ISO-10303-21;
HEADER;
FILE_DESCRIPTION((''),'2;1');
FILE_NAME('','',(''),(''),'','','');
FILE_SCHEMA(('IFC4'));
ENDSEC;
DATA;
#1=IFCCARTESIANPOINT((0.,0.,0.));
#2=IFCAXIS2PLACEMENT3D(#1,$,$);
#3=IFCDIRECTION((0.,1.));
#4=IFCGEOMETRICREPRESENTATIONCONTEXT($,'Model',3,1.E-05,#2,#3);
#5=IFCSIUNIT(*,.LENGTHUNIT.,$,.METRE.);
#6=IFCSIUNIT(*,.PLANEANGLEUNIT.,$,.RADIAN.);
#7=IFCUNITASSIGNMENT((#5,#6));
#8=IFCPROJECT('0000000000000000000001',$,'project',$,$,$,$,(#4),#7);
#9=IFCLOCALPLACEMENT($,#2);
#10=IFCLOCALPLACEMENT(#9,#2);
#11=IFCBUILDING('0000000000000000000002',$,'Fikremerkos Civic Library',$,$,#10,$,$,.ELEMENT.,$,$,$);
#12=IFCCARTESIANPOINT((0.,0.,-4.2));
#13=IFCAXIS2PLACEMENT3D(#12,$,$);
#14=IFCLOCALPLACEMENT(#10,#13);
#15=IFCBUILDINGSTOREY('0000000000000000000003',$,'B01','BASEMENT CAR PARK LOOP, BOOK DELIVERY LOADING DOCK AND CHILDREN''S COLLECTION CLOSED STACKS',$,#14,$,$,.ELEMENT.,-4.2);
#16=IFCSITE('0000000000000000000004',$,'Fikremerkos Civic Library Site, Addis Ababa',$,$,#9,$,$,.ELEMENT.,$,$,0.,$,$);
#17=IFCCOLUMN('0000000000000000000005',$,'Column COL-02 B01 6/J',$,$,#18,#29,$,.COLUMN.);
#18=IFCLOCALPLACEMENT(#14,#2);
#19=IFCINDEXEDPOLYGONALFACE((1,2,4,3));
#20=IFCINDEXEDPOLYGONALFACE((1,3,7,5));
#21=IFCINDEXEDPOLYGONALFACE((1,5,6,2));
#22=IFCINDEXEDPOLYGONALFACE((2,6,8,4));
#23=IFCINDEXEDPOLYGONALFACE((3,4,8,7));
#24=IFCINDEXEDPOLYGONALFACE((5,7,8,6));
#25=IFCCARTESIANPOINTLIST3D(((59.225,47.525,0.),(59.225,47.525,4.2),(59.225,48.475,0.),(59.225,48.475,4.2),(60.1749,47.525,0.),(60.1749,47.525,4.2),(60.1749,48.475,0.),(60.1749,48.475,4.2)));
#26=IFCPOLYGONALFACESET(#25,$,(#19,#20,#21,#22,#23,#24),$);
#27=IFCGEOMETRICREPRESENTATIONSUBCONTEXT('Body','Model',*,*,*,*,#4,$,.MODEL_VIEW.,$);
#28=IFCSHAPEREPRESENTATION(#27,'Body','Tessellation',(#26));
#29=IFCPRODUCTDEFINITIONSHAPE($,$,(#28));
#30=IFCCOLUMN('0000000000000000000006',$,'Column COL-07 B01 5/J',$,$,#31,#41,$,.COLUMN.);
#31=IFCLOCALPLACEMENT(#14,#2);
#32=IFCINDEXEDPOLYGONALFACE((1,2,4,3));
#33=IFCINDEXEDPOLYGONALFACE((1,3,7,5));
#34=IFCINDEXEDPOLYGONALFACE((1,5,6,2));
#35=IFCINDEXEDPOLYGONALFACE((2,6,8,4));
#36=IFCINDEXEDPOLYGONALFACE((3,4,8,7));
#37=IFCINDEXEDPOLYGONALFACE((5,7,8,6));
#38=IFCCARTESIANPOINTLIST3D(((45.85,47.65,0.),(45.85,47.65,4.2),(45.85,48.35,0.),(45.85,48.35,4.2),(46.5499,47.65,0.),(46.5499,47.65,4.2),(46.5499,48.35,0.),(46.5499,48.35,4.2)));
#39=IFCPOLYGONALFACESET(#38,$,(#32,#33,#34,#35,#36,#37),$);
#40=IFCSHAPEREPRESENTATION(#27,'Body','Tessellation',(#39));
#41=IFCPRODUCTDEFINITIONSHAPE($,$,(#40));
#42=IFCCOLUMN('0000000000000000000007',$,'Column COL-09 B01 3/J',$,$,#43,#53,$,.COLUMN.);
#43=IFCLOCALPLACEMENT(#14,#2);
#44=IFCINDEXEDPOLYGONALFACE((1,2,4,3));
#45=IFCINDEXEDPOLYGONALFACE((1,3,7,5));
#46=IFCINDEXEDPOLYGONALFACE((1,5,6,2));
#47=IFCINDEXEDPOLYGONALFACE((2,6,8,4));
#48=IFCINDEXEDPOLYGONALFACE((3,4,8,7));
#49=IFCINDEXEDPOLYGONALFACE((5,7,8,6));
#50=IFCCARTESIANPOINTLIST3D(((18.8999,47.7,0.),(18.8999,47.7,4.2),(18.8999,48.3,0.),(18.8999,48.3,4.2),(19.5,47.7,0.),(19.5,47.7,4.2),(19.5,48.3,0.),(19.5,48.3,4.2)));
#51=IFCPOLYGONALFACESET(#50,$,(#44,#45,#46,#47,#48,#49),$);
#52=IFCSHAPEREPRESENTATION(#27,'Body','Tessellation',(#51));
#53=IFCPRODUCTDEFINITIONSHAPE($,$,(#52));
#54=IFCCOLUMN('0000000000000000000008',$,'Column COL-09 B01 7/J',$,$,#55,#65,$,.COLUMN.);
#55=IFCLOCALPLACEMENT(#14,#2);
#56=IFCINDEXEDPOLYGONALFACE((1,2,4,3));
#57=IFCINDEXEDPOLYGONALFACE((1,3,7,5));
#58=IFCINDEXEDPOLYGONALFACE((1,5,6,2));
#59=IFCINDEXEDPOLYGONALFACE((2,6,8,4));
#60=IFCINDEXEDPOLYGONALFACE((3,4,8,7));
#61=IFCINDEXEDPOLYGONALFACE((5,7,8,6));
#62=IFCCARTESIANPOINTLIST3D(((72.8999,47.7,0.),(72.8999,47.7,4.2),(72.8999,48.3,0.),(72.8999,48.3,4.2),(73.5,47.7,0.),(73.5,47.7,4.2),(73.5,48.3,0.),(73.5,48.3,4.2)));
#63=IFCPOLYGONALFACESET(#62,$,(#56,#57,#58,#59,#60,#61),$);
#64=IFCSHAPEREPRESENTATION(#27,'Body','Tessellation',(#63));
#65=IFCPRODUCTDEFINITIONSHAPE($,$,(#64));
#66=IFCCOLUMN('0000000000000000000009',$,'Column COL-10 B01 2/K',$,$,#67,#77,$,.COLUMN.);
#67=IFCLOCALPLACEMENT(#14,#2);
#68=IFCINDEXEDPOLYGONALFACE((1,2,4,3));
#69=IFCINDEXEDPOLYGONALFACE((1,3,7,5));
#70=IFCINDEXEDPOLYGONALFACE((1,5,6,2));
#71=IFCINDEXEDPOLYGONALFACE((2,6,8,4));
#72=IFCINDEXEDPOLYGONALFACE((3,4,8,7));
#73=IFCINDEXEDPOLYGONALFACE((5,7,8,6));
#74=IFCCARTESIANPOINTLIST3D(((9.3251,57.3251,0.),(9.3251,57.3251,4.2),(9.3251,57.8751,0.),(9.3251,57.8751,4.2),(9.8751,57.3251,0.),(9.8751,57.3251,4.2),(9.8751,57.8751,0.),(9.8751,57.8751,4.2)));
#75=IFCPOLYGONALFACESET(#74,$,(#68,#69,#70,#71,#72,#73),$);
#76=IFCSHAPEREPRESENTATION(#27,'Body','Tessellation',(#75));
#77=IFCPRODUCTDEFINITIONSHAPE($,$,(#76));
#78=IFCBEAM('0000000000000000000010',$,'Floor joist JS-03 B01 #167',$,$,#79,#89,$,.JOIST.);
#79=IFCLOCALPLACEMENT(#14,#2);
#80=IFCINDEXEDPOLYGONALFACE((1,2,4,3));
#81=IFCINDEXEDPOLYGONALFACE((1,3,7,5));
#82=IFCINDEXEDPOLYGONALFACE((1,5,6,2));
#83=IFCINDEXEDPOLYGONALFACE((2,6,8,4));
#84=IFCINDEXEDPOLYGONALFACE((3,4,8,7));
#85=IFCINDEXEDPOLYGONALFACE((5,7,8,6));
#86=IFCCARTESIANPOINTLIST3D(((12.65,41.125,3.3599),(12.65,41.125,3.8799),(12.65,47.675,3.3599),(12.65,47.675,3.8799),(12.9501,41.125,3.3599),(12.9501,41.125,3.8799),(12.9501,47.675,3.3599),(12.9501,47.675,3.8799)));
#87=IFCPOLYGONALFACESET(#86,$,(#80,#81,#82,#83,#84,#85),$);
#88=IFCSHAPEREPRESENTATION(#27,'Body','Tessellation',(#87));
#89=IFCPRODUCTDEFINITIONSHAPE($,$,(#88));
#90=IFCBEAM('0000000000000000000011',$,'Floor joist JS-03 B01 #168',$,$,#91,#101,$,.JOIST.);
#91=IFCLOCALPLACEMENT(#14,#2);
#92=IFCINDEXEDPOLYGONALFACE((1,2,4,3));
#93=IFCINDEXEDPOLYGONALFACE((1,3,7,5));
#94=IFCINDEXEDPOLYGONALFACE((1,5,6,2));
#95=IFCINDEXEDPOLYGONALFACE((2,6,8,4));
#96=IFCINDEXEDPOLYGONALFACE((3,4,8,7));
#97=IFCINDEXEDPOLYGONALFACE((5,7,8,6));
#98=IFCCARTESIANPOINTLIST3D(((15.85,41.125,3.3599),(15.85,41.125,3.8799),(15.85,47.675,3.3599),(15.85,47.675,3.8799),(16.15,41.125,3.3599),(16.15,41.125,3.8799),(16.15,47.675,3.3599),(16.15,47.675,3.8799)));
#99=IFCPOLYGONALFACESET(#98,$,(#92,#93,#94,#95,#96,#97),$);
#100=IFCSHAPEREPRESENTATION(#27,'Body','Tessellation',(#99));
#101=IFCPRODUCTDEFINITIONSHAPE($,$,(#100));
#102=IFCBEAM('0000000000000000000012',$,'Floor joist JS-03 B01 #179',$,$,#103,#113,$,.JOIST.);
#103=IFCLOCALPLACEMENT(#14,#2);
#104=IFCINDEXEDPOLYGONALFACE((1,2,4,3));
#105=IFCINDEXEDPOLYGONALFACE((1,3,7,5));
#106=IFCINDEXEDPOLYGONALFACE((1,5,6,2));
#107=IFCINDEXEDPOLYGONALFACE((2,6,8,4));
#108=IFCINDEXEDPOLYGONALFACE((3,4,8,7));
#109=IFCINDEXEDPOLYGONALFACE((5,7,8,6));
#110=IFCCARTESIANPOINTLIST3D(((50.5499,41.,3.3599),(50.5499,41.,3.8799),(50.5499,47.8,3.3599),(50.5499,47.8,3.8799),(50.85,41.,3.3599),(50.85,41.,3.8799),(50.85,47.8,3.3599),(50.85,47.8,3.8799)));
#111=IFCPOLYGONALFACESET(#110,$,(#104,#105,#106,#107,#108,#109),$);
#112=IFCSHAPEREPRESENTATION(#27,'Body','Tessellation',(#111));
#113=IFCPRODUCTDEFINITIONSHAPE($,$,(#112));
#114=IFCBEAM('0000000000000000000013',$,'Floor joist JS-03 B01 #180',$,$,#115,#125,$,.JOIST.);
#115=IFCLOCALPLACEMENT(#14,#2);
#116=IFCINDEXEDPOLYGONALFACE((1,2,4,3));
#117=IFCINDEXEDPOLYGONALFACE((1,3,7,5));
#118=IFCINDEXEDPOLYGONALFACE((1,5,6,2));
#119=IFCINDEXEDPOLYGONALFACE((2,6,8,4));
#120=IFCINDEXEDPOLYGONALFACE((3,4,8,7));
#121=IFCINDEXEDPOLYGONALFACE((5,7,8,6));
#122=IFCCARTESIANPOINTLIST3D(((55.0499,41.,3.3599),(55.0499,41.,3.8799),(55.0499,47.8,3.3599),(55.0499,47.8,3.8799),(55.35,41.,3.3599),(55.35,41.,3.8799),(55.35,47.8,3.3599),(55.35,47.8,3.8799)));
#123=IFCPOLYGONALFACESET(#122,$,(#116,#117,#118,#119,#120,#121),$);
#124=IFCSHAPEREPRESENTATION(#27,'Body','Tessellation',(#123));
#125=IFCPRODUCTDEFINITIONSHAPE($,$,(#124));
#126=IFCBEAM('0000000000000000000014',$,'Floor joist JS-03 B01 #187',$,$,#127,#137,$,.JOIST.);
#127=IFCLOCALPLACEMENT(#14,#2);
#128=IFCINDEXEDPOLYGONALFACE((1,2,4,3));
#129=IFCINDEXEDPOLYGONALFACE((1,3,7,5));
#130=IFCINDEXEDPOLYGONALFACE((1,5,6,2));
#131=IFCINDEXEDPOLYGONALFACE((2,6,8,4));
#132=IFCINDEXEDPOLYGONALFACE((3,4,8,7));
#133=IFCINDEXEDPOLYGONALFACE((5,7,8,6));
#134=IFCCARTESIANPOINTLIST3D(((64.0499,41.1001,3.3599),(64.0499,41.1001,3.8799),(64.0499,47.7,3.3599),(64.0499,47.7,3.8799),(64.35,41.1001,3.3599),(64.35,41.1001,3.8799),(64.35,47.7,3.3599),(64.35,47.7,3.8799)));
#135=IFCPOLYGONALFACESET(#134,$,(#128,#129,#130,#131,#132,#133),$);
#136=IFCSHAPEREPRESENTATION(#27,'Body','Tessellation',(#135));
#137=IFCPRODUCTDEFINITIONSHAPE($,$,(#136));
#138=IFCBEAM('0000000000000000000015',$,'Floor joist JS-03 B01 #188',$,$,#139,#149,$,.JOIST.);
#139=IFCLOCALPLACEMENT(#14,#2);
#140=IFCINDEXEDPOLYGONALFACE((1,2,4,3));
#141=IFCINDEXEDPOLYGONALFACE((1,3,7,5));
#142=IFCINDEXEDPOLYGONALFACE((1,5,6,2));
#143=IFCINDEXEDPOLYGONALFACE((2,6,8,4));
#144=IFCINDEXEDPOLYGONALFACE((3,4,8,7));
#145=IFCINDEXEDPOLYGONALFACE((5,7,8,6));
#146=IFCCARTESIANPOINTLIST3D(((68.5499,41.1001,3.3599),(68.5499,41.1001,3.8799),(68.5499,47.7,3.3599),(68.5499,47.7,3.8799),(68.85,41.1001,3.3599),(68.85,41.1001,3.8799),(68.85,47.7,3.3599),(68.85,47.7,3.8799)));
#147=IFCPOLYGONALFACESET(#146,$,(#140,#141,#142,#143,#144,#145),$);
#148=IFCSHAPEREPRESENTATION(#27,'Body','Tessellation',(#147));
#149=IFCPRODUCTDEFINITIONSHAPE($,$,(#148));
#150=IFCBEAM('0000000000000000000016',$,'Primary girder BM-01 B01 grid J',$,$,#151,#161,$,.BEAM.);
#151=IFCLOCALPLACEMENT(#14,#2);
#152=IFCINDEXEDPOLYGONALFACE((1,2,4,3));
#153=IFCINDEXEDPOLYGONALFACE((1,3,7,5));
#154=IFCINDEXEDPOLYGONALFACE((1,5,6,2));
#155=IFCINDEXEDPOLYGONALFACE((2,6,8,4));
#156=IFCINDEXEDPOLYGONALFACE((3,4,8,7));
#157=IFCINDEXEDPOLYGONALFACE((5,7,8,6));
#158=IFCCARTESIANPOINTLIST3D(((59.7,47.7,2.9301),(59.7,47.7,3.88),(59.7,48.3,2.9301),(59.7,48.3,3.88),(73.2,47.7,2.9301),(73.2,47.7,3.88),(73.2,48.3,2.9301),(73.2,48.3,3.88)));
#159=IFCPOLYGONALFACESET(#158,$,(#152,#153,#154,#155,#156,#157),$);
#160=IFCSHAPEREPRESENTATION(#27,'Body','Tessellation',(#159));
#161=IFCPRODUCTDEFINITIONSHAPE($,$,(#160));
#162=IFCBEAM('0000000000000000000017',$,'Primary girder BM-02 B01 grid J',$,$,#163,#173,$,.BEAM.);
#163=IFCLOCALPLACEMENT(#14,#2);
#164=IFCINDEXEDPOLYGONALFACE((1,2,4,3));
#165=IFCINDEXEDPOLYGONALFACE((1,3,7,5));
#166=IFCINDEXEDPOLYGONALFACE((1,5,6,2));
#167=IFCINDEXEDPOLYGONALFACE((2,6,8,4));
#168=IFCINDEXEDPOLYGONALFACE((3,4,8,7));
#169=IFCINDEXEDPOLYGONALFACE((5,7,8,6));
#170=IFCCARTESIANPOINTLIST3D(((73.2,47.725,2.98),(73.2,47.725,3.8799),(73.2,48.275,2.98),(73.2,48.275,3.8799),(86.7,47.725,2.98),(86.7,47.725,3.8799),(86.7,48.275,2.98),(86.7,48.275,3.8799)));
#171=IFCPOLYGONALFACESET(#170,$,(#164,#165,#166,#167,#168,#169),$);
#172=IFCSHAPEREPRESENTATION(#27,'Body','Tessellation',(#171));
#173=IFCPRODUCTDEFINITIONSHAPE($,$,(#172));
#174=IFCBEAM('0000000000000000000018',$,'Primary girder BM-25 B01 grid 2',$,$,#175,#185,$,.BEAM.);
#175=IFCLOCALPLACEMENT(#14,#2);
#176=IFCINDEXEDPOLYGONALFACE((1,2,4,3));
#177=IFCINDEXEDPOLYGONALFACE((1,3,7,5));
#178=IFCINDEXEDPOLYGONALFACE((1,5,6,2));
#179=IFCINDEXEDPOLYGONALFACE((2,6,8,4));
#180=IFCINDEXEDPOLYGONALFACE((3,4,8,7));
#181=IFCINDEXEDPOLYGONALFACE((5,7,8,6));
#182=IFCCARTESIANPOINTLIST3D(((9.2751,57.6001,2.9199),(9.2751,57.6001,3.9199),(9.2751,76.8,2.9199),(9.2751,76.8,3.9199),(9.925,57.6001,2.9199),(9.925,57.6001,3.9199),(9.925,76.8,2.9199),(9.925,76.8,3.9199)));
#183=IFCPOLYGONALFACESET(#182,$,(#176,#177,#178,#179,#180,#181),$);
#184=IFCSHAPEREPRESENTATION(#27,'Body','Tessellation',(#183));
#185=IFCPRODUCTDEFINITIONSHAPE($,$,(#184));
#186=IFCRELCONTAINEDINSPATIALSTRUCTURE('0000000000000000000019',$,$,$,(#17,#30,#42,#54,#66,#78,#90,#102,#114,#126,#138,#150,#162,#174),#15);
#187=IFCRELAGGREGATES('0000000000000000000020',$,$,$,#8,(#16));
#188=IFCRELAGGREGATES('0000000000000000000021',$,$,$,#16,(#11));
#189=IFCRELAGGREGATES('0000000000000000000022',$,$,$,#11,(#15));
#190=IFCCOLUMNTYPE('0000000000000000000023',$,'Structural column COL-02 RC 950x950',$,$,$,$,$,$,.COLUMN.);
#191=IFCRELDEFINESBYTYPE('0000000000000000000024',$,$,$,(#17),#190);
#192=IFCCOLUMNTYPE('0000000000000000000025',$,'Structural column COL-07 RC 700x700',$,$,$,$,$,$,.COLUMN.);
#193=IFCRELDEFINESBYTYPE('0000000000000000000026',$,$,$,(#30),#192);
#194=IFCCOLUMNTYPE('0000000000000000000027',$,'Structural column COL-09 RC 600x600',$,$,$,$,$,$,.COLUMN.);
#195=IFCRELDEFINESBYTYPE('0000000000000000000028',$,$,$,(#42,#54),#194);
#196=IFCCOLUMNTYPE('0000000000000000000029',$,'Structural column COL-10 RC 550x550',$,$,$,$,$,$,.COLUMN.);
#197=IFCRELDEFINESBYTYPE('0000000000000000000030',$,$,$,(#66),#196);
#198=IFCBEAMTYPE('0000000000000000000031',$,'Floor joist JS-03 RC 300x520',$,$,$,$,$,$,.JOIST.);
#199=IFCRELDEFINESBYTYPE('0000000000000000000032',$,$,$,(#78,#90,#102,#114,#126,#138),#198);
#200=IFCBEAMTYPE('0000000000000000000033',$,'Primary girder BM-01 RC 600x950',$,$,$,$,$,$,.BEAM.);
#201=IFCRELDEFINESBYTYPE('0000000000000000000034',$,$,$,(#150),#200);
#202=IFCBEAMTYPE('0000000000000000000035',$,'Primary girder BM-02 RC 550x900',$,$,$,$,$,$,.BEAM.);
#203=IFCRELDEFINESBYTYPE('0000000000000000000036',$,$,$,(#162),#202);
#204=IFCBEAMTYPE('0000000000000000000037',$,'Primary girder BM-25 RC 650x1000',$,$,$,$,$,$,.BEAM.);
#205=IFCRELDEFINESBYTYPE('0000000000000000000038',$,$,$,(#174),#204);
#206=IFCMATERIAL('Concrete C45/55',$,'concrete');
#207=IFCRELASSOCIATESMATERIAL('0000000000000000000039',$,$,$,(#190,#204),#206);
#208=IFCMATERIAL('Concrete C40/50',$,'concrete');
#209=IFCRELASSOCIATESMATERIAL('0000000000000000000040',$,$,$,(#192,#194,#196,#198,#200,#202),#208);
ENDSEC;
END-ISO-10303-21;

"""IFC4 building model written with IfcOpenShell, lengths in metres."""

from ifc_helpers import new_model, si_unit, direction, frame, origin, origin_2d, place, context, subcontext, project, spatial, rectangle, extrude, material, material_profile, profile_set, type_object, element, save


model = new_model("IFC4")

# Units and contexts
model_context = context("Model", 3, precision=1e-05, world=origin(), true_north=direction((0.0, 1.0)))
body_context = subcontext(model_context, "Body", "Model", "MODEL_VIEW")
ifc_project = project(units=[si_unit("LENGTHUNIT", "METRE"), si_unit("PLANEANGLEUNIT", "RADIAN")], contexts=[model_context])

# Site, building, storey
site_placement = place(None, origin())
site = spatial("IfcSite", under=ifc_project, at=site_placement, Name="Fikremerkos Civic Library Site, Addis Ababa", CompositionType="ELEMENT", RefElevation=0.0)
building_placement = place(site_placement, origin())
building = spatial("IfcBuilding", under=site, at=building_placement, Name="Fikremerkos Civic Library", CompositionType="ELEMENT")
storey_placement = place(building_placement, frame((0.0, 0.0, -4.2)))
storey = spatial("IfcBuildingStorey", under=building, at=storey_placement, Name="B01", Description="BASEMENT CAR PARK LOOP, BOOK DELIVERY LOADING DOCK AND CHILDREN'S COLLECTION CLOSED STACKS", CompositionType="ELEMENT", Elevation=-4.2)

# Columns
ifc_material_1 = material(Name="Concrete C45/55", Category="concrete")
ifc_material_profile_1 = material_profile(ifc_material_1, rectangle(XDim=0.95, YDim=0.95, at=origin_2d()), Name="RC 950x950")
ifc_profile_set_1 = profile_set([ifc_material_profile_1], Name="Concrete C45/55")
column_type_1 = type_object("IfcColumnType", Name="Structural column COL-02 RC 950x950", PredefinedType="COLUMN", material=ifc_profile_set_1)
column_1_placement = place(storey_placement, frame((59.7, 48.0, 0.0), z_axis=(0.0, 0.0, 1.0), x_axis=(1.0, 0.0, 0.0)))
element("IfcColumn", 1, at=column_1_placement, inside=storey, type_object=column_type_1, Name="Column COL-02 B01 6/J", PredefinedType="COLUMN", context=body_context, shape_type="SweptSolid", body=[
    extrude(rectangle(XDim=0.95, YDim=0.95, at=origin_2d()), origin(), (0.0, 0.0, 1.0), 4.2),
])
ifc_material_2 = material(Name="Concrete C40/50", Category="concrete")
ifc_material_profile_2 = material_profile(ifc_material_2, rectangle(XDim=0.7, YDim=0.7, at=origin_2d()), Name="RC 700x700")
ifc_profile_set_2 = profile_set([ifc_material_profile_2], Name="Concrete C40/50")
column_type_2 = type_object("IfcColumnType", Name="Structural column COL-07 RC 700x700", PredefinedType="COLUMN", material=ifc_profile_set_2)
column_2_placement = place(storey_placement, frame((46.2, 48.0, 0.0), z_axis=(0.0, 0.0, 1.0), x_axis=(1.0, 0.0, 0.0)))
element("IfcColumn", 2, at=column_2_placement, inside=storey, type_object=column_type_2, Name="Column COL-07 B01 5/J", PredefinedType="COLUMN", context=body_context, shape_type="SweptSolid", body=[
    extrude(rectangle(XDim=0.7, YDim=0.7, at=origin_2d()), origin(), (0.0, 0.0, 1.0), 4.2),
])
ifc_material_profile_3 = material_profile(ifc_material_2, rectangle(XDim=0.6001, YDim=0.6001, at=origin_2d()), Name="RC 600x600")
ifc_profile_set_3 = profile_set([ifc_material_profile_3], Name="Concrete C40/50")
column_type_3 = type_object("IfcColumnType", Name="Structural column COL-09 RC 600x600", PredefinedType="COLUMN", material=ifc_profile_set_3)
for number, where, z_axis, x_axis, name in (
    (3, (19.2, 48.0, 0.0), (0.0, 0.0, 1.0), (1.0, 0.0, 0.0), "Column COL-09 B01 3/J"),
    (4, (73.2, 48.0, 0.0), (0.0, 0.0, 1.0), (1.0, 0.0, 0.0), "Column COL-09 B01 7/J"),
):
    element("IfcColumn", number, at=place(storey_placement, frame(where, z_axis=z_axis, x_axis=x_axis)), inside=storey, type_object=column_type_3, Name=name, PredefinedType="COLUMN", context=body_context, shape_type="SweptSolid", body=[
        extrude(rectangle(XDim=0.6001, YDim=0.6001, at=origin_2d()), origin(), (0.0, 0.0, 1.0), 4.2),
    ])
ifc_material_profile_4 = material_profile(ifc_material_2, rectangle(XDim=0.55, YDim=0.55, at=origin_2d()), Name="RC 550x550")
ifc_profile_set_4 = profile_set([ifc_material_profile_4], Name="Concrete C40/50")
column_type_4 = type_object("IfcColumnType", Name="Structural column COL-10 RC 550x550", PredefinedType="COLUMN", material=ifc_profile_set_4)
column_3_placement = place(storey_placement, frame((9.6001, 57.6001, 0.0), z_axis=(0.0, 0.0, 1.0), x_axis=(1.0, 0.0, 0.0)))
element("IfcColumn", 5, at=column_3_placement, inside=storey, type_object=column_type_4, Name="Column COL-10 B01 2/K", PredefinedType="COLUMN", context=body_context, shape_type="SweptSolid", body=[
    extrude(rectangle(XDim=0.55, YDim=0.55, at=origin_2d()), origin(), (0.0, 0.0, 1.0), 4.2),
])

# Beams
ifc_material_profile_5 = material_profile(ifc_material_2, rectangle(XDim=0.3, YDim=0.52, at=origin_2d()), Name="RC 300x520")
ifc_profile_set_5 = profile_set([ifc_material_profile_5], Name="Concrete C40/50")
beam_type_1 = type_object("IfcBeamType", Name="Floor joist JS-03 RC 300x520", PredefinedType="JOIST", material=ifc_profile_set_5)
for number, where, z_axis, x_axis, name in (
    (6, (12.8, 41.125, 3.6199), (0.0, 1.0, 0.0), (-1.0, 0.0, 0.0), "Floor joist JS-03 B01 #167"),
    (7, (16.0, 41.125, 3.6199), (0.0, 1.0, 0.0), (-1.0, 0.0, 0.0), "Floor joist JS-03 B01 #168"),
):
    element("IfcBeam", number, at=place(storey_placement, frame(where, z_axis=z_axis, x_axis=x_axis)), inside=storey, type_object=beam_type_1, Name=name, PredefinedType="JOIST", context=body_context, shape_type="SweptSolid", body=[
        extrude(rectangle(XDim=0.3, YDim=0.52, at=origin_2d()), origin(), (0.0, 0.0, 1.0), 6.55),
    ])
for number, where, z_axis, x_axis, name in (
    (8, (50.7, 41.0, 3.6199), (0.0, 1.0, 0.0), (-1.0, 0.0, 0.0), "Floor joist JS-03 B01 #179"),
    (9, (55.2, 41.0, 3.6199), (0.0, 1.0, 0.0), (-1.0, 0.0, 0.0), "Floor joist JS-03 B01 #180"),
):
    element("IfcBeam", number, at=place(storey_placement, frame(where, z_axis=z_axis, x_axis=x_axis)), inside=storey, type_object=beam_type_1, Name=name, PredefinedType="JOIST", context=body_context, shape_type="SweptSolid", body=[
        extrude(rectangle(XDim=0.3, YDim=0.52, at=origin_2d()), origin(), (0.0, 0.0, 1.0), 6.8),
    ])
for number, where, z_axis, x_axis, name in (
    (10, (64.2, 41.1001, 3.6199), (0.0, 1.0, 0.0), (-1.0, 0.0, 0.0), "Floor joist JS-03 B01 #187"),
    (11, (68.7, 41.1001, 3.6199), (0.0, 1.0, 0.0), (-1.0, 0.0, 0.0), "Floor joist JS-03 B01 #188"),
):
    element("IfcBeam", number, at=place(storey_placement, frame(where, z_axis=z_axis, x_axis=x_axis)), inside=storey, type_object=beam_type_1, Name=name, PredefinedType="JOIST", context=body_context, shape_type="SweptSolid", body=[
        extrude(rectangle(XDim=0.3, YDim=0.52, at=origin_2d()), origin(), (0.0, 0.0, 1.0), 6.5999),
    ])
ifc_material_profile_6 = material_profile(ifc_material_2, rectangle(XDim=0.6001, YDim=0.95, at=origin_2d()), Name="RC 600x950")
ifc_profile_set_6 = profile_set([ifc_material_profile_6], Name="Concrete C40/50")
beam_type_2 = type_object("IfcBeamType", Name="Primary girder BM-01 RC 600x950", PredefinedType="BEAM", material=ifc_profile_set_6)
beam_1_placement = place(storey_placement, frame((59.7, 48.0, 3.405), z_axis=(1.0, 0.0, 0.0), x_axis=(0.0, 1.0, 0.0)))
element("IfcBeam", 12, at=beam_1_placement, inside=storey, type_object=beam_type_2, Name="Primary girder BM-01 B01 grid J", PredefinedType="BEAM", context=body_context, shape_type="SweptSolid", body=[
    extrude(rectangle(XDim=0.6001, YDim=0.95, at=origin_2d()), origin(), (0.0, 0.0, 1.0), 13.5),
])
ifc_material_profile_7 = material_profile(ifc_material_2, rectangle(XDim=0.55, YDim=0.8999, at=origin_2d()), Name="RC 550x900")
ifc_profile_set_7 = profile_set([ifc_material_profile_7], Name="Concrete C40/50")
beam_type_3 = type_object("IfcBeamType", Name="Primary girder BM-02 RC 550x900", PredefinedType="BEAM", material=ifc_profile_set_7)
beam_2_placement = place(storey_placement, frame((73.2, 48.0, 3.4299), z_axis=(1.0, 0.0, 0.0), x_axis=(0.0, 1.0, 0.0)))
element("IfcBeam", 13, at=beam_2_placement, inside=storey, type_object=beam_type_3, Name="Primary girder BM-02 B01 grid J", PredefinedType="BEAM", context=body_context, shape_type="SweptSolid", body=[
    extrude(rectangle(XDim=0.55, YDim=0.8999, at=origin_2d()), origin(), (0.0, 0.0, 1.0), 13.5),
])
ifc_material_profile_8 = material_profile(ifc_material_1, rectangle(XDim=0.6499, YDim=1.0, at=origin_2d()), Name="RC 650x1000")
ifc_profile_set_8 = profile_set([ifc_material_profile_8], Name="Concrete C45/55")
beam_type_4 = type_object("IfcBeamType", Name="Primary girder BM-25 RC 650x1000", PredefinedType="BEAM", material=ifc_profile_set_8)
beam_3_placement = place(storey_placement, frame((9.6001, 57.6001, 3.4199), z_axis=(0.0, 1.0, 0.0), x_axis=(-1.0, 0.0, 0.0)))
element("IfcBeam", 14, at=beam_3_placement, inside=storey, type_object=beam_type_4, Name="Primary girder BM-25 B01 grid 2", PredefinedType="BEAM", context=body_context, shape_type="SweptSolid", body=[
    extrude(rectangle(XDim=0.6499, YDim=1.0, at=origin_2d()), origin(), (0.0, 0.0, 1.0), 19.2),
])

save(model, "model.ifc")
